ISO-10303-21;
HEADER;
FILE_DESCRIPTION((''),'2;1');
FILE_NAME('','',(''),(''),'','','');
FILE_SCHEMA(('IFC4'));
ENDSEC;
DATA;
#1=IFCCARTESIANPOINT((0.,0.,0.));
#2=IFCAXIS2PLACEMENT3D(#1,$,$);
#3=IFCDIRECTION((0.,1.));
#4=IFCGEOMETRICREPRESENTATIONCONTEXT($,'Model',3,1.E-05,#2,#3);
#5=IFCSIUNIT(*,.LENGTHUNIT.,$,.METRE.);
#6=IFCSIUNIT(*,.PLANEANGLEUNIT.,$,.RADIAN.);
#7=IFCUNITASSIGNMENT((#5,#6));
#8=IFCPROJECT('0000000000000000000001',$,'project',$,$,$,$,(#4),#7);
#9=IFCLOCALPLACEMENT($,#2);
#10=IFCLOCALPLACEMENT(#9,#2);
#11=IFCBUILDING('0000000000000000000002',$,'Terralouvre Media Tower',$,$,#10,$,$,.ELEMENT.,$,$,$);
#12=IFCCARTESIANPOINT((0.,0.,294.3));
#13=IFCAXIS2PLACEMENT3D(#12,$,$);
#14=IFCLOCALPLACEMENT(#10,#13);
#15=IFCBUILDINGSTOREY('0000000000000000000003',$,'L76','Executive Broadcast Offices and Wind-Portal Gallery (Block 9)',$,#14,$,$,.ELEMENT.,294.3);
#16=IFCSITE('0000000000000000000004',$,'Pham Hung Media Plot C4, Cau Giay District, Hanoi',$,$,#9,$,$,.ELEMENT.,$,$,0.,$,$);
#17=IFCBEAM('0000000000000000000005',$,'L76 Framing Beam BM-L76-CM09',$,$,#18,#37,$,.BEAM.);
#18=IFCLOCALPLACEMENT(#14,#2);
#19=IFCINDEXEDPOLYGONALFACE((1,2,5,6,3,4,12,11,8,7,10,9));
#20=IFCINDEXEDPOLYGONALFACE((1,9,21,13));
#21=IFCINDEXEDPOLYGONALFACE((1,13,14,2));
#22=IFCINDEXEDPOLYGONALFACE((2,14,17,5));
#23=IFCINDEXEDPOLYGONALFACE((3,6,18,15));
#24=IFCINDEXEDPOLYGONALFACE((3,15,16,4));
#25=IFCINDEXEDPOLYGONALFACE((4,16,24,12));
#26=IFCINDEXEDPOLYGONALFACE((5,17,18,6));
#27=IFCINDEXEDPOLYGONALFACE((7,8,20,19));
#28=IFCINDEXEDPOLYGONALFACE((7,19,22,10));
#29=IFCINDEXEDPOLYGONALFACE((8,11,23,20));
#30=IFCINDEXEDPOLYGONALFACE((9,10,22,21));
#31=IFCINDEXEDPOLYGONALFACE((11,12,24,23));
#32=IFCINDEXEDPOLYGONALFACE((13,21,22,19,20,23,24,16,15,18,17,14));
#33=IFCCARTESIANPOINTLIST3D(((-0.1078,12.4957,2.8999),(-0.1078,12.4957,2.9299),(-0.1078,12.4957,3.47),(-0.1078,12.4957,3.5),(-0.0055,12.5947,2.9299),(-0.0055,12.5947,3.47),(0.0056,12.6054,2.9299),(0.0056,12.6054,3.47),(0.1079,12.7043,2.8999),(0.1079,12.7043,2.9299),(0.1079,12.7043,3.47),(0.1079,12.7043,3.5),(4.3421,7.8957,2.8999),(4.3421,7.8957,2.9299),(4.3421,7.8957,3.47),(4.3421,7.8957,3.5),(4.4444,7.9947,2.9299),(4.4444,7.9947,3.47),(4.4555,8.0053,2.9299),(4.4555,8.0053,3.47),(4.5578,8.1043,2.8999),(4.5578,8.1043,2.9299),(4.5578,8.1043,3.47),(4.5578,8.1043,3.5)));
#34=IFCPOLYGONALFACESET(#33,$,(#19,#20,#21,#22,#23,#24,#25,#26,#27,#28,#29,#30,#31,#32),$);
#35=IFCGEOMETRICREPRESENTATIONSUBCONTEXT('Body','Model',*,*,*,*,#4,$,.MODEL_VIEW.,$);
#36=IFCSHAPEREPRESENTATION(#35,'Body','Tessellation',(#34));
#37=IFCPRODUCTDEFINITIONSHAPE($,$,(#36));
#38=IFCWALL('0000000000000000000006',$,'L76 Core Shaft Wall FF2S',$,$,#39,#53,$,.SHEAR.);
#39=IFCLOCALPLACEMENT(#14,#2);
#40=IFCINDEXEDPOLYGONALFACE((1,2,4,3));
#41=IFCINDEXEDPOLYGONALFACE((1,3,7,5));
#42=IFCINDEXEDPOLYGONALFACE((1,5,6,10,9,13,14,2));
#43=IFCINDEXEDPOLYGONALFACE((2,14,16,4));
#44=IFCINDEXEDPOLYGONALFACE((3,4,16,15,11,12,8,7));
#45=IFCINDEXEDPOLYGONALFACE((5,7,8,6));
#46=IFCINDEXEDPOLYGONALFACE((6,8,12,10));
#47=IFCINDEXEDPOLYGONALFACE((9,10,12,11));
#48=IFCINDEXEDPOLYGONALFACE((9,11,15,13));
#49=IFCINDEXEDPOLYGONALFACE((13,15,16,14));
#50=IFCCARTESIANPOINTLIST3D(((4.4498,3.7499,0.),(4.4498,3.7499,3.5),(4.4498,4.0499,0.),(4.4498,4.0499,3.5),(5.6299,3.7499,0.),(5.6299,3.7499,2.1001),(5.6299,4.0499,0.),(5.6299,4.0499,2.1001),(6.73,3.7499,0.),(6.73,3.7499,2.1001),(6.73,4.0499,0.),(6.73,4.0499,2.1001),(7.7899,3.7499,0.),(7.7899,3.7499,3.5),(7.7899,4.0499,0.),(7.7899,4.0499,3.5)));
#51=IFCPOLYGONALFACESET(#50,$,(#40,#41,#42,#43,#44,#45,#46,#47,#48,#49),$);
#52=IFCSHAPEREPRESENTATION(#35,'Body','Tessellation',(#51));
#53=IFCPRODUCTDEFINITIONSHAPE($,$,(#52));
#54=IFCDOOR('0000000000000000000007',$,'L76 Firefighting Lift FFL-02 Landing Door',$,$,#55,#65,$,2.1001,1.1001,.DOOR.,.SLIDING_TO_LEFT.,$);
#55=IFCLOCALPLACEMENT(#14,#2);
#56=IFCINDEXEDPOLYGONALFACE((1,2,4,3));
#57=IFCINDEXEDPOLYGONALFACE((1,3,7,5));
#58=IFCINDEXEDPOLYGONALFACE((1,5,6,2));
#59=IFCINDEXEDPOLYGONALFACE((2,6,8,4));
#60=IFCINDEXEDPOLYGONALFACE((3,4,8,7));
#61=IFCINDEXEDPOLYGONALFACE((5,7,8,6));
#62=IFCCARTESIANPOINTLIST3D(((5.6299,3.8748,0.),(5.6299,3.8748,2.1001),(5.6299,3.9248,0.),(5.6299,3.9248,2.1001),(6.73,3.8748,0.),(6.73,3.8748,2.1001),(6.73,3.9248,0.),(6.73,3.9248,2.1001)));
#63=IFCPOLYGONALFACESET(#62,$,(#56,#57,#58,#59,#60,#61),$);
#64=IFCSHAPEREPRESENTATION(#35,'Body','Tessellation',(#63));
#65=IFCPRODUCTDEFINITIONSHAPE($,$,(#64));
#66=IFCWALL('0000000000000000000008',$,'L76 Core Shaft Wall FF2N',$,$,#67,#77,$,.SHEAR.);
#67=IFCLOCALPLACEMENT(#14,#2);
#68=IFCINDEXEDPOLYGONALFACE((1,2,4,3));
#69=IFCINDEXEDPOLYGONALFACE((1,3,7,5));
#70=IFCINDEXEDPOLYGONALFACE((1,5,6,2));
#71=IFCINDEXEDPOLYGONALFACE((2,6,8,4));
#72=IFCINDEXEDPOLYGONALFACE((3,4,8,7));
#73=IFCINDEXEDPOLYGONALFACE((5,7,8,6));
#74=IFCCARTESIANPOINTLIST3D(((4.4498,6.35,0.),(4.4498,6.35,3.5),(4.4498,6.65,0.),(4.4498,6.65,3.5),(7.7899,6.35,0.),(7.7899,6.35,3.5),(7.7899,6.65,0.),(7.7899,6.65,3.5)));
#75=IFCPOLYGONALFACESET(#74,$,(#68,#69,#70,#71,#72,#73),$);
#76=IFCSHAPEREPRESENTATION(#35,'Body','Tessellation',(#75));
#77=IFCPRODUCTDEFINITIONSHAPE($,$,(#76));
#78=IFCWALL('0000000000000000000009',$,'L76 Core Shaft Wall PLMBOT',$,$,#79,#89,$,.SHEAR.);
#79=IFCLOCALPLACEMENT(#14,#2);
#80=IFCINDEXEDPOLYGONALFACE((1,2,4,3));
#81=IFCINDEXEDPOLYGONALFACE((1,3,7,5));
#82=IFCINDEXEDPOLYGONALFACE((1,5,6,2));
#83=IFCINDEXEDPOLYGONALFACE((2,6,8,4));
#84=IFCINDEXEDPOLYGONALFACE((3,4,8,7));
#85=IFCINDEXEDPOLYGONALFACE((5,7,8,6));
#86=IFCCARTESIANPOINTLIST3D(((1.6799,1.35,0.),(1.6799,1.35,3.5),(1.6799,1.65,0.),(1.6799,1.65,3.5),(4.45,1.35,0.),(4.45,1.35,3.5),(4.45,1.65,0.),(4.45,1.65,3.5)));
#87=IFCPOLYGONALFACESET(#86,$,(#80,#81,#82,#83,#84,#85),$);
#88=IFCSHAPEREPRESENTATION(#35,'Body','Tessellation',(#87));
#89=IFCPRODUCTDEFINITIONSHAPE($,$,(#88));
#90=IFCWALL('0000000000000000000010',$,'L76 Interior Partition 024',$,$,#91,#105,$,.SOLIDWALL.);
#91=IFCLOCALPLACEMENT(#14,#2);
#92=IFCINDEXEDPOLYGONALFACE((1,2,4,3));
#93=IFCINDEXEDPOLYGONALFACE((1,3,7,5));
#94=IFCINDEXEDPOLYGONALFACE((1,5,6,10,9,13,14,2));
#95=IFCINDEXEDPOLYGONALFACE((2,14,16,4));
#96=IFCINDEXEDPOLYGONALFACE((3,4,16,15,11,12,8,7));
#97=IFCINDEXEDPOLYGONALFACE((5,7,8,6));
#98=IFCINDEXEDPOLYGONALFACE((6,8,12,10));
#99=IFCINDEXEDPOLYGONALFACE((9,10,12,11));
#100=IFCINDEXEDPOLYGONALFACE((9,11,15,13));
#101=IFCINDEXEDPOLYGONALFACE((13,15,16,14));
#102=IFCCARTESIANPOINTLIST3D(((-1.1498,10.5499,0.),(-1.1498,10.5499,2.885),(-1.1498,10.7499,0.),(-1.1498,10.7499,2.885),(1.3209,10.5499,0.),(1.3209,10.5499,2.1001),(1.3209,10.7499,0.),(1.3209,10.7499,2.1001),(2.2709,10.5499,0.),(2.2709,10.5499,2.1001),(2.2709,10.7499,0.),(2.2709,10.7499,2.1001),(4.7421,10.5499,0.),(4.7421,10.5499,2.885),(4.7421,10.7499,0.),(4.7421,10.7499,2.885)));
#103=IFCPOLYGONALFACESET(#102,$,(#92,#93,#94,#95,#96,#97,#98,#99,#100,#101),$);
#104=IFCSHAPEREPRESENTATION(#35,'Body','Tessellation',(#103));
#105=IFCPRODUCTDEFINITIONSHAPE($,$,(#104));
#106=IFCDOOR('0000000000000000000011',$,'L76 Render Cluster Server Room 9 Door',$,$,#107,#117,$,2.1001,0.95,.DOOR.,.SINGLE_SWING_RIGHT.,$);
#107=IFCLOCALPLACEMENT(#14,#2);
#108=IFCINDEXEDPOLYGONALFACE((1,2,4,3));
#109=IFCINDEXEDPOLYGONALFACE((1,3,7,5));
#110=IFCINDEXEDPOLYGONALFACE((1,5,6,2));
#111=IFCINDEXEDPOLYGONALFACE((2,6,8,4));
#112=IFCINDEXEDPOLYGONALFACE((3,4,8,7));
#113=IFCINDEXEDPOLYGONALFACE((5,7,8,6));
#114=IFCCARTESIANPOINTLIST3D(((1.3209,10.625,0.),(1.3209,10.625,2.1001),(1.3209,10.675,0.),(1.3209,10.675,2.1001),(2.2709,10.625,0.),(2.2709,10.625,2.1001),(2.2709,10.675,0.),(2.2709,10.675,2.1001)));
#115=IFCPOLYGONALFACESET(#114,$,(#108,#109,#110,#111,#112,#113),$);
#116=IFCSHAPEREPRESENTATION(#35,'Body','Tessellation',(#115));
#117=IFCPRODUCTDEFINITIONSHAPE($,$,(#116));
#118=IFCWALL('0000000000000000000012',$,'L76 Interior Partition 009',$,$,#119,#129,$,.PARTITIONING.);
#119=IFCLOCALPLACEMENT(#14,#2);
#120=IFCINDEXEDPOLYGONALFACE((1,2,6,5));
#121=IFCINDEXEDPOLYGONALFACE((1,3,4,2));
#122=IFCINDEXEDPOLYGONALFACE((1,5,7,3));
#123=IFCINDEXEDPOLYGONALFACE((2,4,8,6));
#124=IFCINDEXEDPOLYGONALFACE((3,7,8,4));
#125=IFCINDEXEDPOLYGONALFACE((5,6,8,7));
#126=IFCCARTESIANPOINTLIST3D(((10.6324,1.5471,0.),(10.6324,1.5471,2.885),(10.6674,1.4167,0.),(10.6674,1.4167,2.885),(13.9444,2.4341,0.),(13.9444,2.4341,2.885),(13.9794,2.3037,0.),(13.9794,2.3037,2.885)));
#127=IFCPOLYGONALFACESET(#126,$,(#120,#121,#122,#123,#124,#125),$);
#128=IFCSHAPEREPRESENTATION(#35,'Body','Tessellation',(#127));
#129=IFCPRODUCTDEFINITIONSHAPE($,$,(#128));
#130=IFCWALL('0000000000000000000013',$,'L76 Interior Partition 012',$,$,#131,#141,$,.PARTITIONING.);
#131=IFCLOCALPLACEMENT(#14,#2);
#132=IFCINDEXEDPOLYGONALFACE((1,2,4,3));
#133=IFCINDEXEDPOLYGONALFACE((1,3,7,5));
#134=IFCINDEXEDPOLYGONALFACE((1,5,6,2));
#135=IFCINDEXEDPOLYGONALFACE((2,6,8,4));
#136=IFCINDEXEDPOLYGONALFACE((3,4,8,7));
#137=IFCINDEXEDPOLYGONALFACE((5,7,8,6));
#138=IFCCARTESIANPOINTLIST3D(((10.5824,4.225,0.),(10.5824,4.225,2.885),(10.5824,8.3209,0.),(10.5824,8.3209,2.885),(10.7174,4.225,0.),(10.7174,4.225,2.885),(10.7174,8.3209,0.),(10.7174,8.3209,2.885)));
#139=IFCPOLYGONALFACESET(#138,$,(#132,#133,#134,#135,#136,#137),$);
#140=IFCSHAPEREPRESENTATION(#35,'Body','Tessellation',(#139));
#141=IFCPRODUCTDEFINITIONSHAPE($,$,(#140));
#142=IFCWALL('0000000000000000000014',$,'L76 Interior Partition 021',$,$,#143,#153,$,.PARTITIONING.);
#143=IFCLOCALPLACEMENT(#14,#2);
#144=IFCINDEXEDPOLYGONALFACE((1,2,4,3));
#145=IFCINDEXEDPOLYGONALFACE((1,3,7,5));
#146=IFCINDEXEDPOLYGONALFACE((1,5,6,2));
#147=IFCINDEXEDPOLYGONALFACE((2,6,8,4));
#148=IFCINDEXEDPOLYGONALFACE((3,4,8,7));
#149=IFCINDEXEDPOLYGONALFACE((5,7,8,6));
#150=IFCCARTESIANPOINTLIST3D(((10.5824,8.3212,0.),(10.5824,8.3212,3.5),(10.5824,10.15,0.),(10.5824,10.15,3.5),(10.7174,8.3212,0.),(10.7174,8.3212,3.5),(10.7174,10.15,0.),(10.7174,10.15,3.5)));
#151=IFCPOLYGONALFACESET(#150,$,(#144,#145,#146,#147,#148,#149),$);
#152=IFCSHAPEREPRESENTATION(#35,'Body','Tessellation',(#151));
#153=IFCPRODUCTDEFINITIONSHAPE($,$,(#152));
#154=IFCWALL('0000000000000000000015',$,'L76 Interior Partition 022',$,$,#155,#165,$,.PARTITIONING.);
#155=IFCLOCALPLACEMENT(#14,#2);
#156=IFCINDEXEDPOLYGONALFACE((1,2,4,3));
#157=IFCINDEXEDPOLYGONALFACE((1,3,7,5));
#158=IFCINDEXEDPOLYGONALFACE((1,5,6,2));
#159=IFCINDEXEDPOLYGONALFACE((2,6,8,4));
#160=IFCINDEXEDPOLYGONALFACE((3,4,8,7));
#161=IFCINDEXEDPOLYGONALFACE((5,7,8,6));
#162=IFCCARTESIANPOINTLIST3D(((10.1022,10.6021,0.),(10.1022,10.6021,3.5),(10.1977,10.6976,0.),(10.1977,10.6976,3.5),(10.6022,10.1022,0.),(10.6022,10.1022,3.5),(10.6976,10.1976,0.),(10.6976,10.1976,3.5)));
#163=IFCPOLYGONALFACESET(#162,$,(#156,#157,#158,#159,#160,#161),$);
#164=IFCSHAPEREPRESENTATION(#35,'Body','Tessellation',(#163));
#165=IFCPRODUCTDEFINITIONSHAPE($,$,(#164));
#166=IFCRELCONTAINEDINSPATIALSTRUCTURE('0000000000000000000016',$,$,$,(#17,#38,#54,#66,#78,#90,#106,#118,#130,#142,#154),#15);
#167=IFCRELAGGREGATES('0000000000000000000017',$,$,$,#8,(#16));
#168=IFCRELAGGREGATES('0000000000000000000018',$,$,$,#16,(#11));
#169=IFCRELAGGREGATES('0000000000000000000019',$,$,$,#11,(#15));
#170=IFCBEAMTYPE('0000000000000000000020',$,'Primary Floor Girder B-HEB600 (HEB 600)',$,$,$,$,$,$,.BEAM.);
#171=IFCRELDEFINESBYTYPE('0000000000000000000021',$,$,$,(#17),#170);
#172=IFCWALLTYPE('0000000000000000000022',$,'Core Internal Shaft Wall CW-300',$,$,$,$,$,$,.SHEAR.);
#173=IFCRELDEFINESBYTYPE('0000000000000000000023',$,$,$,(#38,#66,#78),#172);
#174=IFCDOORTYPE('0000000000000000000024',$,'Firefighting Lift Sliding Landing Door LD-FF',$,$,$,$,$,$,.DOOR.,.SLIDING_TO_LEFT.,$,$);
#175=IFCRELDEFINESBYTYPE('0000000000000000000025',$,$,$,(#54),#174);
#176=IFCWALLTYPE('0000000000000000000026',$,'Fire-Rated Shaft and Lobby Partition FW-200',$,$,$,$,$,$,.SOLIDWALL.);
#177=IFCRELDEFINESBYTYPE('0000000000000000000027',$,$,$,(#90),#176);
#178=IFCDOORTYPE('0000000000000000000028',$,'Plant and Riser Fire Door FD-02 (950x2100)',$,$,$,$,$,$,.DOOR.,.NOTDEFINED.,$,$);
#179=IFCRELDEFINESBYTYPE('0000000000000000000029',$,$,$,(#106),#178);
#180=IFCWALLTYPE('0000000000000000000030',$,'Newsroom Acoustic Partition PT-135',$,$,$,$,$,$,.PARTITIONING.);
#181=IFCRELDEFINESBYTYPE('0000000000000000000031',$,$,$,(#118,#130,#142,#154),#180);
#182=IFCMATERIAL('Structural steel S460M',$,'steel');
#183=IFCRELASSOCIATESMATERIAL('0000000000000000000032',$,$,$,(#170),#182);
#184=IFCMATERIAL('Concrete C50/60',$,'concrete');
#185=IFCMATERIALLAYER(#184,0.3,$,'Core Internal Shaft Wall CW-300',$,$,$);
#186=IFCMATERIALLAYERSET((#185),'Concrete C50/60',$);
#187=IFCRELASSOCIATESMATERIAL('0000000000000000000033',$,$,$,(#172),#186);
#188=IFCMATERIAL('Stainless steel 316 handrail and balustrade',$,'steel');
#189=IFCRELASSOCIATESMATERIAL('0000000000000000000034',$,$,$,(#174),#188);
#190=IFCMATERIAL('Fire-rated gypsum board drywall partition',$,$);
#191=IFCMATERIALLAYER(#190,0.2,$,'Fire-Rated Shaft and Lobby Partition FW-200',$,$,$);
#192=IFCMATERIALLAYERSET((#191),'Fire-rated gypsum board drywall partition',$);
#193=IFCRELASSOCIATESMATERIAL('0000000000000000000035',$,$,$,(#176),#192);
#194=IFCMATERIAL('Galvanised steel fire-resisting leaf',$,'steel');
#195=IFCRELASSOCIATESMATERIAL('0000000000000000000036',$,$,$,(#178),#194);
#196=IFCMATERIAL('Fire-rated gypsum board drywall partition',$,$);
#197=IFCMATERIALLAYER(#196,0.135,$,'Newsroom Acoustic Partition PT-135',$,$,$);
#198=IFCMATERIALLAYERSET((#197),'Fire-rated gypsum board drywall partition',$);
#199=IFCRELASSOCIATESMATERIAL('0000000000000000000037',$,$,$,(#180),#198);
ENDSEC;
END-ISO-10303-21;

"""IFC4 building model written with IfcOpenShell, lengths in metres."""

from ifc_helpers import new_model, si_unit, direction, frame, frame_2d, origin, origin_2d, place, context, subcontext, project, spatial, rectangle, i_section, extrude, material, layer, layer_set, material_profile, profile_set, type_object, element, fill, save


model = new_model("IFC4")

# Units and contexts
model_context = context("Model", 3, precision=1e-05, world=origin(), true_north=direction((0.0, 1.0)))
body_context = subcontext(model_context, "Body", "Model", "MODEL_VIEW")
ifc_project = project(units=[si_unit("LENGTHUNIT", "METRE"), si_unit("PLANEANGLEUNIT", "RADIAN")], contexts=[model_context])

# Site, building, storey
site_placement = place(None, origin())
site = spatial("IfcSite", under=ifc_project, at=site_placement, Name="Pham Hung Media Plot C4, Cau Giay District, Hanoi", CompositionType="ELEMENT", RefElevation=0.0)
building_placement = place(site_placement, origin())
building = spatial("IfcBuilding", under=site, at=building_placement, Name="Terralouvre Media Tower", CompositionType="ELEMENT")
storey_placement = place(building_placement, frame((0.0, 0.0, 294.3)))
storey = spatial("IfcBuildingStorey", under=building, at=storey_placement, Name="L76", Description="Executive Broadcast Offices and Wind-Portal Gallery (Block 9)", CompositionType="ELEMENT", Elevation=294.3)

# Beam
ifc_material_1 = material(Name="Structural steel S460M", Category="steel")
ifc_material_profile_1 = material_profile(ifc_material_1, i_section(OverallWidth=0.3, OverallDepth=0.6001, WebThickness=0.0154, FlangeThickness=0.03, at=origin_2d()), Name="HEB 600")
ifc_profile_set_1 = profile_set([ifc_material_profile_1], Name="Structural steel S460M")
beam_type = type_object("IfcBeamType", Name="Primary Floor Girder B-HEB600 (HEB 600)", PredefinedType="BEAM", material=ifc_profile_set_1)
beam_1_placement = place(storey_placement, frame((4.45, 8.0, 3.2), z_axis=(-0.69528, 0.718739, 0.0), x_axis=(-0.718739, -0.69528, 0.0)))
element("IfcBeam", 1, at=beam_1_placement, inside=storey, type_object=beam_type, Name="L76 Framing Beam BM-L76-CM09", PredefinedType="BEAM", context=body_context, shape_type="SweptSolid", body=[
    extrude(i_section(OverallWidth=0.3, OverallDepth=0.6001, WebThickness=0.0154, FlangeThickness=0.03, at=origin_2d()), origin(), (0.0, 0.0, 1.0), 6.4001),
])

# Wall, opening, door
ifc_material_2 = material(Name="Concrete C50/60", Category="concrete")
ifc_layer_1 = layer(ifc_material_2, 0.3, Name="Core Internal Shaft Wall CW-300")
ifc_layer_set_1 = layer_set([ifc_layer_1], Name="Concrete C50/60")
wall_type_1 = type_object("IfcWallType", Name="Core Internal Shaft Wall CW-300", PredefinedType="SHEAR", material=ifc_layer_set_1)
wall_1_placement = place(storey_placement, frame((4.45, 3.8999, 0.0), z_axis=(0.0, 0.0, 1.0), x_axis=(1.0, 0.0, 0.0)))
wall_1 = element("IfcWall", 2, at=wall_1_placement, inside=storey, type_object=wall_type_1, Name="L76 Core Shaft Wall FF2S", PredefinedType="SHEAR", context=body_context, shape_type="SweptSolid", body=[
    extrude(rectangle(XDim=3.3401, YDim=0.3, at=frame_2d((1.6699, 0.0))), origin(), (0.0, 0.0, 1.0), 3.5),
])
opening_1_placement = place(wall_1_placement, frame((1.1799, 0.0, 0.0)))
opening_1 = element("IfcOpeningElement", 3, at=opening_1_placement, cuts=wall_1, PredefinedType="OPENING", context=body_context, shape_type="SweptSolid", body=[
    extrude(rectangle(XDim=1.1001, YDim=2.1001, at=frame_2d((0.55, 1.05))), frame((0.0, 0.1599, 0.0), z_axis=(0.0, -1.0, 0.0), x_axis=(1.0, 0.0, 0.0)), (0.0, 0.0, 1.0), 0.3201),
])
ifc_material_3 = material(Name="Stainless steel 316 handrail and balustrade", Category="steel")
door_type_1 = type_object("IfcDoorType", Name="Firefighting Lift Sliding Landing Door LD-FF", OperationType="SLIDING_TO_LEFT", PredefinedType="DOOR", material=ifc_material_3)
door_1_placement = place(opening_1_placement, origin())
door_1 = element("IfcDoor", 4, at=door_1_placement, inside=storey, type_object=door_type_1, Name="L76 Firefighting Lift FFL-02 Landing Door", OperationType="SLIDING_TO_LEFT", OverallHeight=2.1001, OverallWidth=1.1001, PredefinedType="DOOR", context=body_context, shape_type="SweptSolid", body=[
    extrude(rectangle(XDim=1.1001, YDim=2.1001, at=frame_2d((0.55, 1.05))), frame((0.0, 0.0249, 0.0), z_axis=(0.0, -1.0, 0.0), x_axis=(1.0, 0.0, 0.0)), (0.0, 0.0, 1.0), 0.05),
])
fill(opening_1, door_1)

# Walls
wall_2_placement = place(storey_placement, frame((4.45, 6.5, 0.0), z_axis=(0.0, 0.0, 1.0), x_axis=(1.0, 0.0, 0.0)))
element("IfcWall", 5, at=wall_2_placement, inside=storey, type_object=wall_type_1, Name="L76 Core Shaft Wall FF2N", PredefinedType="SHEAR", context=body_context, shape_type="SweptSolid", body=[
    extrude(rectangle(XDim=3.3401, YDim=0.3, at=frame_2d((1.6699, 0.0))), origin(), (0.0, 0.0, 1.0), 3.5),
])
wall_3_placement = place(storey_placement, frame((1.6799, 1.5, 0.0), z_axis=(0.0, 0.0, 1.0), x_axis=(1.0, 0.0, 0.0)))
element("IfcWall", 6, at=wall_3_placement, inside=storey, type_object=wall_type_1, Name="L76 Core Shaft Wall PLMBOT", PredefinedType="SHEAR", context=body_context, shape_type="SweptSolid", body=[
    extrude(rectangle(XDim=2.77, YDim=0.3, at=frame_2d((1.385, 0.0))), origin(), (0.0, 0.0, 1.0), 3.5),
])

# Wall, opening, door
ifc_material_4 = material(Name="Fire-rated gypsum board drywall partition")
ifc_layer_2 = layer(ifc_material_4, 0.2, Name="Fire-Rated Shaft and Lobby Partition FW-200")
ifc_layer_set_2 = layer_set([ifc_layer_2], Name="Fire-rated gypsum board drywall partition")
wall_type_2 = type_object("IfcWallType", Name="Fire-Rated Shaft and Lobby Partition FW-200", PredefinedType="SOLIDWALL", material=ifc_layer_set_2)
wall_4_placement = place(storey_placement, frame((4.7419, 10.6499, 0.0), z_axis=(0.0, 0.0, 1.0), x_axis=(-1.0, 0.0, 0.0)))
wall_4 = element("IfcWall", 7, at=wall_4_placement, inside=storey, type_object=wall_type_2, Name="L76 Interior Partition 024", PredefinedType="SOLIDWALL", context=body_context, shape_type="SweptSolid", body=[
    extrude(rectangle(XDim=5.8918, YDim=0.2, at=frame_2d((2.9458, 0.0))), origin(), (0.0, 0.0, 1.0), 2.885),
])
opening_2_placement = place(wall_4_placement, frame((2.4709, 0.0, 0.0)))
opening_2 = element("IfcOpeningElement", 8, at=opening_2_placement, cuts=wall_4, PredefinedType="OPENING", context=body_context, shape_type="SweptSolid", body=[
    extrude(rectangle(XDim=0.95, YDim=2.1001, at=frame_2d((0.4751, 1.05))), frame((0.0, 0.1099, 0.0), z_axis=(0.0, -1.0, 0.0), x_axis=(1.0, 0.0, 0.0)), (0.0, 0.0, 1.0), 0.22),
])
ifc_material_5 = material(Name="Galvanised steel fire-resisting leaf", Category="steel")
door_type_2 = type_object("IfcDoorType", Name="Plant and Riser Fire Door FD-02 (950x2100)", OperationType="NOTDEFINED", PredefinedType="DOOR", material=ifc_material_5)
door_2_placement = place(opening_2_placement, origin())
door_2 = element("IfcDoor", 9, at=door_2_placement, inside=storey, type_object=door_type_2, Name="L76 Render Cluster Server Room 9 Door", OperationType="SINGLE_SWING_RIGHT", OverallHeight=2.1001, OverallWidth=0.95, PredefinedType="DOOR", context=body_context, shape_type="SweptSolid", body=[
    extrude(rectangle(XDim=0.95, YDim=2.1001, at=frame_2d((0.4751, 1.05))), frame((0.0, 0.0249, 0.0), z_axis=(0.0, -1.0, 0.0), x_axis=(1.0, 0.0, 0.0)), (0.0, 0.0, 1.0), 0.05),
])
fill(opening_2, door_2)

# Walls
ifc_material_6 = material(Name="Fire-rated gypsum board drywall partition")
ifc_layer_3 = layer(ifc_material_6, 0.135, Name="Newsroom Acoustic Partition PT-135")
ifc_layer_set_3 = layer_set([ifc_layer_3], Name="Fire-rated gypsum board drywall partition")
wall_type_3 = type_object("IfcWallType", Name="Newsroom Acoustic Partition PT-135", PredefinedType="PARTITIONING", material=ifc_layer_set_3)
wall_5_placement = place(storey_placement, frame((10.6499, 1.4819, 0.0), z_axis=(0.0, 0.0, 1.0), x_axis=(0.965961, 0.258686, 0.0)))
element("IfcWall", 10, at=wall_5_placement, inside=storey, type_object=wall_type_3, Name="L76 Interior Partition 009", PredefinedType="PARTITIONING", context=body_context, shape_type="SweptSolid", body=[
    extrude(rectangle(XDim=3.4287, YDim=0.135, at=frame_2d((1.7144, 0.0))), origin(), (0.0, 0.0, 1.0), 2.885),
])
wall_6_placement = place(storey_placement, frame((10.6499, 4.2251, 0.0), z_axis=(0.0, 0.0, 1.0), x_axis=(0.0, 1.0, 0.0)))
element("IfcWall", 11, at=wall_6_placement, inside=storey, type_object=wall_type_3, Name="L76 Interior Partition 012", PredefinedType="PARTITIONING", context=body_context, shape_type="SweptSolid", body=[
    extrude(rectangle(XDim=4.0959, YDim=0.135, at=frame_2d((2.0479, 0.0))), origin(), (0.0, 0.0, 1.0), 2.885),
])
wall_7_placement = place(storey_placement, frame((10.6499, 8.321, 0.0), z_axis=(0.0, 0.0, 1.0), x_axis=(0.0, 1.0, 0.0)))
element("IfcWall", 12, at=wall_7_placement, inside=storey, type_object=wall_type_3, Name="L76 Interior Partition 021", PredefinedType="PARTITIONING", context=body_context, shape_type="SweptSolid", body=[
    extrude(rectangle(XDim=1.8289, YDim=0.135, at=frame_2d((0.9146, 0.0))), origin(), (0.0, 0.0, 1.0), 3.5),
])
wall_8_placement = place(storey_placement, frame((10.6499, 10.1499, 0.0), z_axis=(0.0, 0.0, 1.0), x_axis=(-0.707107, 0.707107, 0.0)))
element("IfcWall", 13, at=wall_8_placement, inside=storey, type_object=wall_type_3, Name="L76 Interior Partition 022", PredefinedType="PARTITIONING", context=body_context, shape_type="SweptSolid", body=[
    extrude(rectangle(XDim=0.707, YDim=0.135, at=frame_2d((0.3535, 0.0))), origin(), (0.0, 0.0, 1.0), 3.5),
])

save(model, "model.ifc")
